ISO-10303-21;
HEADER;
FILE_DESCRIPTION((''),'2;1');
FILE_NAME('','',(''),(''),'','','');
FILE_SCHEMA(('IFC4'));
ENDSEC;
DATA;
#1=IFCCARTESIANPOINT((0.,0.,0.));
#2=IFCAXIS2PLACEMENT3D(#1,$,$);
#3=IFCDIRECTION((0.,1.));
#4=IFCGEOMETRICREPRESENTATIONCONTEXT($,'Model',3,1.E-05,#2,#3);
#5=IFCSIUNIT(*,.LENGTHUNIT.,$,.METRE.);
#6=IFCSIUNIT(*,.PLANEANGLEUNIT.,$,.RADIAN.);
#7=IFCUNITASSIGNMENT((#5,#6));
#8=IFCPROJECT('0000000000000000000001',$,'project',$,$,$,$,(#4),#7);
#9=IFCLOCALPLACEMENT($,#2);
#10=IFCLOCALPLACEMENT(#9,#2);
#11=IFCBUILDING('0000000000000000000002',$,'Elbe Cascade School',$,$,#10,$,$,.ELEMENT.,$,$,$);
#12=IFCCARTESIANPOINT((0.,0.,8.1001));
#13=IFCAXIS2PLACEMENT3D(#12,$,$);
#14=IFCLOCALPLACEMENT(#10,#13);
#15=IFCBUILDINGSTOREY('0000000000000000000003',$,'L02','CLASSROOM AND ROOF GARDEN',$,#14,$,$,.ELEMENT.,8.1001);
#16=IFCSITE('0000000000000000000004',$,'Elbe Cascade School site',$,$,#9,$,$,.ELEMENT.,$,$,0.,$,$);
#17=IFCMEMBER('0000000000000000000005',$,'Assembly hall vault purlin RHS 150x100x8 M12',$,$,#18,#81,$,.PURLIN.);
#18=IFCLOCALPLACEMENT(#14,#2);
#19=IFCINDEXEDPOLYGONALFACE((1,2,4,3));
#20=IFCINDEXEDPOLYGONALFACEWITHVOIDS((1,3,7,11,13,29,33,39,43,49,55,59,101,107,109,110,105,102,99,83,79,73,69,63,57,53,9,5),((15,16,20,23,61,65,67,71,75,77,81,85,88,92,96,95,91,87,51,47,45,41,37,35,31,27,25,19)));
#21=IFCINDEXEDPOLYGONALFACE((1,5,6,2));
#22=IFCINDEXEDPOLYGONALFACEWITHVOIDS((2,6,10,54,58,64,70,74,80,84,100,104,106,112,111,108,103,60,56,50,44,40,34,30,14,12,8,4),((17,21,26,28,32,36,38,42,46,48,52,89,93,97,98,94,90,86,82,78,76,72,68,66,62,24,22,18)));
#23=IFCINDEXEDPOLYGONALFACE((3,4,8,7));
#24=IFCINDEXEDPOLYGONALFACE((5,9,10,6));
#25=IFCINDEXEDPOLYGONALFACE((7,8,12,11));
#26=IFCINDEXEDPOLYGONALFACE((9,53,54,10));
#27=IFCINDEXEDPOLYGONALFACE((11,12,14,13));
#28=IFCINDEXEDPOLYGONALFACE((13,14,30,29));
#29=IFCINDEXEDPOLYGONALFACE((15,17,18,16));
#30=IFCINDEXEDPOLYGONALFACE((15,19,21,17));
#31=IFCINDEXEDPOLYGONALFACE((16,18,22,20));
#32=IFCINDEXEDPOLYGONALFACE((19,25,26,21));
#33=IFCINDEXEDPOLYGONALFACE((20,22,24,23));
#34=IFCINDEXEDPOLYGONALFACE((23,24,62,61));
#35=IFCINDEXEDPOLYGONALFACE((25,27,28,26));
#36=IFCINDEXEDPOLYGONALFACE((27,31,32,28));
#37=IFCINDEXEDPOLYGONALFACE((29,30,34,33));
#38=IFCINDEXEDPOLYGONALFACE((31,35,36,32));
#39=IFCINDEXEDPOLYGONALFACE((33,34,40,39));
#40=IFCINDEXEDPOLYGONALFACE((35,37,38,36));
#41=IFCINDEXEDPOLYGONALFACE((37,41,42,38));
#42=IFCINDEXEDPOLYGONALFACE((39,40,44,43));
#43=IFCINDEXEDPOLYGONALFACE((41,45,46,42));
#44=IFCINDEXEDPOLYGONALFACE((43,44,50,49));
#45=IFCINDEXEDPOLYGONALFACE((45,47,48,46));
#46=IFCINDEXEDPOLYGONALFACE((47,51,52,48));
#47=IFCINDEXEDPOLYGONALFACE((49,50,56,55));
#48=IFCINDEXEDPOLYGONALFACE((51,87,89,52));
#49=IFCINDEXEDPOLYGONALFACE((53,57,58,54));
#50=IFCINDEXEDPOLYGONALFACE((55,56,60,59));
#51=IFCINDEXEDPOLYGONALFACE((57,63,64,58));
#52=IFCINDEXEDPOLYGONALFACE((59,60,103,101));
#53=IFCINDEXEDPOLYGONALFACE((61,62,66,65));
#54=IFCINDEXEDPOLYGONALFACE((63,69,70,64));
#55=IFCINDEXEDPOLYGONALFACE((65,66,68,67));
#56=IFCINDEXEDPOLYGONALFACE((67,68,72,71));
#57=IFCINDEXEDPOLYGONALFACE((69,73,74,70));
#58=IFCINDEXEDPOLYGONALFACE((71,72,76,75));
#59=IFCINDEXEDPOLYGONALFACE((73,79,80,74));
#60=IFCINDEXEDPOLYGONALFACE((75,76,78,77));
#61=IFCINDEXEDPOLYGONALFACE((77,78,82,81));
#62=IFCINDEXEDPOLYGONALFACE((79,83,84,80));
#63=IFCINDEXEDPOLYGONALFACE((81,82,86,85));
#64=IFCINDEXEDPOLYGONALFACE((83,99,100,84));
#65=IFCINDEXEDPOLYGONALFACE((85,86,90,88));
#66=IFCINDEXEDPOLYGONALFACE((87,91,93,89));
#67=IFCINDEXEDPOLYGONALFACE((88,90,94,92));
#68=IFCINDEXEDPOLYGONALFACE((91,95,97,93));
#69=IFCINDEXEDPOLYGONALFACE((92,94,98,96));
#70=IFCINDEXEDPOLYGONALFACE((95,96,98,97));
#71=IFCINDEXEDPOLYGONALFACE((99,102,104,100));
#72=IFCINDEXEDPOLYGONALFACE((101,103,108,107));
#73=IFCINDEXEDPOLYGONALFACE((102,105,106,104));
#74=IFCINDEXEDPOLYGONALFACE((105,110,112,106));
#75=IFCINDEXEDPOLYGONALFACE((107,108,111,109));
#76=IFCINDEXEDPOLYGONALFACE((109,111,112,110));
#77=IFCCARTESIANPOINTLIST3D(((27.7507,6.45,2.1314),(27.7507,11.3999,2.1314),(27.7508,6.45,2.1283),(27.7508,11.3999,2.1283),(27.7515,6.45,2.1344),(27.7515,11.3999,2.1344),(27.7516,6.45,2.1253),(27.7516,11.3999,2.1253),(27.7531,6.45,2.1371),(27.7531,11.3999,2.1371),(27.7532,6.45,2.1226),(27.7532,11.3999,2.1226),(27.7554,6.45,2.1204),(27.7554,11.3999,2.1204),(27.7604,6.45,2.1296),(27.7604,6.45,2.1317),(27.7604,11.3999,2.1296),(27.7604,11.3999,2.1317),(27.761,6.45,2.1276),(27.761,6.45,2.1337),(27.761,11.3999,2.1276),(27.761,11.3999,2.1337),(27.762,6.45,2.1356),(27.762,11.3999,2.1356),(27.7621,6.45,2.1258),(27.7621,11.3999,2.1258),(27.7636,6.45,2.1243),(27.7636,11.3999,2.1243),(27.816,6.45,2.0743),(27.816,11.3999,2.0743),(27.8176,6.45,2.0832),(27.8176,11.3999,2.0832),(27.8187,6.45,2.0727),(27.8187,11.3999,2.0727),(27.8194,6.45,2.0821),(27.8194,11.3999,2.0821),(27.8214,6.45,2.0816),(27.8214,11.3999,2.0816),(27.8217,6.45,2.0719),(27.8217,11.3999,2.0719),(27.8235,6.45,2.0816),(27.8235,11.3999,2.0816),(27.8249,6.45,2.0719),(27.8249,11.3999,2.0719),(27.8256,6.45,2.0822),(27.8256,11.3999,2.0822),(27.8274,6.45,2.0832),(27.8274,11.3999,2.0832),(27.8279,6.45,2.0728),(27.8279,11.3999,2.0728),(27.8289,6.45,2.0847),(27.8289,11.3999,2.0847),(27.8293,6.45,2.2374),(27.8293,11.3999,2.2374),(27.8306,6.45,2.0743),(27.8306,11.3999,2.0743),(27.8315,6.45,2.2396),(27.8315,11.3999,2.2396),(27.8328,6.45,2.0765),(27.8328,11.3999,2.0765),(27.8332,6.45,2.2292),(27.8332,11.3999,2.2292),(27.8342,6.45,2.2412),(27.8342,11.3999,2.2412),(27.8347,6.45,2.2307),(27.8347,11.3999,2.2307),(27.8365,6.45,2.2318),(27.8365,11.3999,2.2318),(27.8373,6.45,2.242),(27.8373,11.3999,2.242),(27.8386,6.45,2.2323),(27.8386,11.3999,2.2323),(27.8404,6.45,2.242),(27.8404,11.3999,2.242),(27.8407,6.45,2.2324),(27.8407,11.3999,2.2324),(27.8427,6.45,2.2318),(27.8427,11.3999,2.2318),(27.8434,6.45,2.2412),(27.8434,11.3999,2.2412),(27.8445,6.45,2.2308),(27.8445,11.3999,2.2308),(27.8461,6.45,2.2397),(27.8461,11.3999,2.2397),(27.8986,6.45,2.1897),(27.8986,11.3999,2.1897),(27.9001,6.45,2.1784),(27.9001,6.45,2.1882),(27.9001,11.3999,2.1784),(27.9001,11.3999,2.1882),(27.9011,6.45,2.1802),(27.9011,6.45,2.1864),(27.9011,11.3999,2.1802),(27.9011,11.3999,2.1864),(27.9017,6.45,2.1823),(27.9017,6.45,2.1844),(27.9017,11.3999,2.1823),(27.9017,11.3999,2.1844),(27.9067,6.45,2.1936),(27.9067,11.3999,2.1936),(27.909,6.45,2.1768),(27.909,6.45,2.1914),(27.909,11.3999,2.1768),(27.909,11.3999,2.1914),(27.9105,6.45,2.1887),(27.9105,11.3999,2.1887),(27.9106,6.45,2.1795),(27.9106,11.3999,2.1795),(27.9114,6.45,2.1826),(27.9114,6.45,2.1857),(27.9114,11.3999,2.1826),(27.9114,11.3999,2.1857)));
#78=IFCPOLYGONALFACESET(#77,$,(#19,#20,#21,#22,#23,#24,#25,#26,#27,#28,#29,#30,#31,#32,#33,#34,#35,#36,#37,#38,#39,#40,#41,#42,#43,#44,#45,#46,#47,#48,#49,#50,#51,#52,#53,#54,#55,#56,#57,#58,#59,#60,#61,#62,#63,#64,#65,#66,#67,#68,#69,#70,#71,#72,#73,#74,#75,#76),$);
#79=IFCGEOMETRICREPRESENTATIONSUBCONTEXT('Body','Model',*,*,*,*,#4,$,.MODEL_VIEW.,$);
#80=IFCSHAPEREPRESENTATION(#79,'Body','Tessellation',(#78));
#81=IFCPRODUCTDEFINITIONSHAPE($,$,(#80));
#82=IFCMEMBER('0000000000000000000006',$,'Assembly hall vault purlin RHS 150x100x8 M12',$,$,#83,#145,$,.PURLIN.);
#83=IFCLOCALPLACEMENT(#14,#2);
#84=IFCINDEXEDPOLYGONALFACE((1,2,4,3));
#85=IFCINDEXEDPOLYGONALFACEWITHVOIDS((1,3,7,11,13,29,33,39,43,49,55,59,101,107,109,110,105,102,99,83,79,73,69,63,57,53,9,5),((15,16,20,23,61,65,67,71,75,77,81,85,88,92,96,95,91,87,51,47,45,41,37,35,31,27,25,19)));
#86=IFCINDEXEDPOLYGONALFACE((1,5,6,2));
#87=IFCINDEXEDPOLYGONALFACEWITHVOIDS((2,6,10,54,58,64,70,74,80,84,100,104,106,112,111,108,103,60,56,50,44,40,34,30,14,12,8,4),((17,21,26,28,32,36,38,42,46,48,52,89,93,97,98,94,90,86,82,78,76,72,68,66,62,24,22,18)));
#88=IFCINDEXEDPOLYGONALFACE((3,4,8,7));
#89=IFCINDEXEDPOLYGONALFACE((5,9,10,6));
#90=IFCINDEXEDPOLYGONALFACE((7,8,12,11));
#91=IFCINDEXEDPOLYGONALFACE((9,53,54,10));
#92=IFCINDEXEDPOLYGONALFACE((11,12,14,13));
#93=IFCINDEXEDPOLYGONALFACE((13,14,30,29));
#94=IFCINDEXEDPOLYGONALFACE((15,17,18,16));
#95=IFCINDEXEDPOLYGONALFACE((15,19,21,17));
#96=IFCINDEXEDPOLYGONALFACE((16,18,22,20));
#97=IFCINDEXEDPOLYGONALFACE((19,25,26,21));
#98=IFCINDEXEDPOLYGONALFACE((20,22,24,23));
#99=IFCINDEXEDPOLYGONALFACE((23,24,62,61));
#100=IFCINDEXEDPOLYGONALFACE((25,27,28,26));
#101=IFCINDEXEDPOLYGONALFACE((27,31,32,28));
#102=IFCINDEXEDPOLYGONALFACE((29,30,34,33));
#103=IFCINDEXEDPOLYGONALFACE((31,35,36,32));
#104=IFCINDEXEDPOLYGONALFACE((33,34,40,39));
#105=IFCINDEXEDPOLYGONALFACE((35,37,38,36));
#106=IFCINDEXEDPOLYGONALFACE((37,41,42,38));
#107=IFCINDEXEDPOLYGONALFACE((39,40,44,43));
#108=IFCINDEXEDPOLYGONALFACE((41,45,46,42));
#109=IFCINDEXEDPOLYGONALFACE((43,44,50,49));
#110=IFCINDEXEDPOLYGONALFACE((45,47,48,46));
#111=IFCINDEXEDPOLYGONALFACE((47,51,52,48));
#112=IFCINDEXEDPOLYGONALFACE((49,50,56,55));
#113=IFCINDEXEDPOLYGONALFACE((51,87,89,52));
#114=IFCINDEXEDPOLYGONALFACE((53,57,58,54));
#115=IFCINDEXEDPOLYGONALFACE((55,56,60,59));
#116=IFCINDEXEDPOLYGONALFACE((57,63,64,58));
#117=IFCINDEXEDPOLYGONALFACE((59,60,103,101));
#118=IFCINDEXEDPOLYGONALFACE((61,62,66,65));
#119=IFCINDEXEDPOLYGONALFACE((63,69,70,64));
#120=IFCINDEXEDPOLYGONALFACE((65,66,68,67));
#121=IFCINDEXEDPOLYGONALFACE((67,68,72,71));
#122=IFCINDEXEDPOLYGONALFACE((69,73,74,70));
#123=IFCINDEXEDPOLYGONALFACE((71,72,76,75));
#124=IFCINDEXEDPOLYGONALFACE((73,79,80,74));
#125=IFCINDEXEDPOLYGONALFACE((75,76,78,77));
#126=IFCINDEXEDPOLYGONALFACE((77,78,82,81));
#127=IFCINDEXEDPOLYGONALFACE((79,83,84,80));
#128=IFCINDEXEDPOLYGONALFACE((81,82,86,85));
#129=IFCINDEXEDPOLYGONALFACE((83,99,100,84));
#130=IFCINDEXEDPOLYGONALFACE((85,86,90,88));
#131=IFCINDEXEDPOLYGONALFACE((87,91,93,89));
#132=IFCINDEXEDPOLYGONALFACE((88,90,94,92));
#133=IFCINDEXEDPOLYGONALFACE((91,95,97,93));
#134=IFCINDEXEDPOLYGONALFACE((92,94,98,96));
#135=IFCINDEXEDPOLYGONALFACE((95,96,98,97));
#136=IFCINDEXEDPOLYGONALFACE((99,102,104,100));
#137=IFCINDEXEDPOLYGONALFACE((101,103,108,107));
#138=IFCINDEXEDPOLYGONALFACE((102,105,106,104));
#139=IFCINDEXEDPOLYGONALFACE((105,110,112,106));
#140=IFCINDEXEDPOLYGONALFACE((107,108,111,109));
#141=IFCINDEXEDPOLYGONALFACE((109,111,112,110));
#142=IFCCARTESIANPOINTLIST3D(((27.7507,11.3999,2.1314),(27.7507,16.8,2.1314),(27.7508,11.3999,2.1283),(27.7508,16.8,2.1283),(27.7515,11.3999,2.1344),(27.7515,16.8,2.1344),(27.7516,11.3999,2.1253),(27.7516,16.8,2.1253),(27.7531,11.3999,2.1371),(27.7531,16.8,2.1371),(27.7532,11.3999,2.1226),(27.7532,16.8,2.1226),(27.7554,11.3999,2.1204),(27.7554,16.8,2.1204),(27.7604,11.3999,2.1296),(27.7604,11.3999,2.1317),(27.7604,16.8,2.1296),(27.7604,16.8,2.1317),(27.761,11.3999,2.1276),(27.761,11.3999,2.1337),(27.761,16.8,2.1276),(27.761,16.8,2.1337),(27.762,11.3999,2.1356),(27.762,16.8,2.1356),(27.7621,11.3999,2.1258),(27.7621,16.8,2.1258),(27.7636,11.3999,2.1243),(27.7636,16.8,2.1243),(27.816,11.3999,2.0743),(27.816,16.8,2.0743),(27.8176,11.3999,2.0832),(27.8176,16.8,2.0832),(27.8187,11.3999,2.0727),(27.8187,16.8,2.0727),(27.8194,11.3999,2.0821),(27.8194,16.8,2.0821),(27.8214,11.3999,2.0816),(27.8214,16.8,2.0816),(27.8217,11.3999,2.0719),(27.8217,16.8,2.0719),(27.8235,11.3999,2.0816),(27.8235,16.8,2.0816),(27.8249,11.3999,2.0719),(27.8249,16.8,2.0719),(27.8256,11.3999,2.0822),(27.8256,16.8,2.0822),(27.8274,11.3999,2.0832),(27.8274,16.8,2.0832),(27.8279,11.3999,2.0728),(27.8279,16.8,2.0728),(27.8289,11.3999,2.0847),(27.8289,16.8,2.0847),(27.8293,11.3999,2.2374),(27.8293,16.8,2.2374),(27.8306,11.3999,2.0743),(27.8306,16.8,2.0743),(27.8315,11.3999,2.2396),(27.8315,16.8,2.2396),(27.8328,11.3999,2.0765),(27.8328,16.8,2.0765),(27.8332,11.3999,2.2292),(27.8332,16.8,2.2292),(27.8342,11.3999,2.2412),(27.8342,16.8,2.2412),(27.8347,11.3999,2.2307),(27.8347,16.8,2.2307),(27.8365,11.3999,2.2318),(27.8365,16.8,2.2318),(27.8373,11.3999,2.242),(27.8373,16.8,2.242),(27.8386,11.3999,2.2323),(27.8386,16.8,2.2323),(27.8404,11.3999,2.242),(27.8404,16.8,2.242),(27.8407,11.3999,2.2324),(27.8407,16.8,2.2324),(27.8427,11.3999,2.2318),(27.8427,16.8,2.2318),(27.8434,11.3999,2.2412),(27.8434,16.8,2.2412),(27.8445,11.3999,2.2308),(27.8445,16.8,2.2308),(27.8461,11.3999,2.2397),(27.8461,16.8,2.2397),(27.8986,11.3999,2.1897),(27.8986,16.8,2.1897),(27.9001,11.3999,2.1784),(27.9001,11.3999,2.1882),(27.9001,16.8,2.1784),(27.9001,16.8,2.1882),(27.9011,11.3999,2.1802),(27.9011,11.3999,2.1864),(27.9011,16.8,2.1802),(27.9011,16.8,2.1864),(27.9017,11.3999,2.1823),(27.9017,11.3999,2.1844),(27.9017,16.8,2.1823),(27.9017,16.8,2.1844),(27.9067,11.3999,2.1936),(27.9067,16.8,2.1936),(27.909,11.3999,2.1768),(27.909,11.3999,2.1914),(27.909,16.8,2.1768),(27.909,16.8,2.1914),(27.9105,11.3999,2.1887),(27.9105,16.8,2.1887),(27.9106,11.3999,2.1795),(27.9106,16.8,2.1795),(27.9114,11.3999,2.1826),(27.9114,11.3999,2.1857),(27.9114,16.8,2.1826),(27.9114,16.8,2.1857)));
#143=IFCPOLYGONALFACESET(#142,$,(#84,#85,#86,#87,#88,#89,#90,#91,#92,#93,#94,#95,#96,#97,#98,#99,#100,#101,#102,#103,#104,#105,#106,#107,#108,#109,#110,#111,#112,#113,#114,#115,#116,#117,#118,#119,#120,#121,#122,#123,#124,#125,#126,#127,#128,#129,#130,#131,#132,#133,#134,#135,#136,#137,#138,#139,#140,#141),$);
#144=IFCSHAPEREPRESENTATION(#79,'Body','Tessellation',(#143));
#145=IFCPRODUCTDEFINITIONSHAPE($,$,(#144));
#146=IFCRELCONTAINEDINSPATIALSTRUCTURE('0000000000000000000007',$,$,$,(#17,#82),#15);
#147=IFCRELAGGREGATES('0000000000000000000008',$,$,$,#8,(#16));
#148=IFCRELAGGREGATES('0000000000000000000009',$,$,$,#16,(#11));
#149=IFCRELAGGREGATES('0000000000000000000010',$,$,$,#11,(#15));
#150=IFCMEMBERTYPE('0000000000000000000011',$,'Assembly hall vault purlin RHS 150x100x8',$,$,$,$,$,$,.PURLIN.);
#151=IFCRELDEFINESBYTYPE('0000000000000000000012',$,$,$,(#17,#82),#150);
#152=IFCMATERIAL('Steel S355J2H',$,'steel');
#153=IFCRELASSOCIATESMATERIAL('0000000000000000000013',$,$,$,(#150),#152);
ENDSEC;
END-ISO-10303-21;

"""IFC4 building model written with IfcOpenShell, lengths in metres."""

from ifc_helpers import new_model, si_unit, direction, frame, origin, origin_2d, place, context, subcontext, project, spatial, hollow_rectangle, extrude, material, material_profile, profile_set, type_object, element, save


model = new_model("IFC4")

# Units and contexts
model_context = context("Model", 3, precision=1e-05, world=origin(), true_north=direction((0.0, 1.0)))
body_context = subcontext(model_context, "Body", "Model", "MODEL_VIEW")
ifc_project = project(units=[si_unit("LENGTHUNIT", "METRE"), si_unit("PLANEANGLEUNIT", "RADIAN")], contexts=[model_context])

# Site, building, storey
site_placement = place(None, origin())
site = spatial("IfcSite", under=ifc_project, at=site_placement, Name="Elbe Cascade School site", CompositionType="ELEMENT", RefElevation=0.0)
building_placement = place(site_placement, origin())
building = spatial("IfcBuilding", under=site, at=building_placement, Name="Elbe Cascade School", CompositionType="ELEMENT")
storey_placement = place(building_placement, frame((0.0, 0.0, 8.1001)))
storey = spatial("IfcBuildingStorey", under=building, at=storey_placement, Name="L02", Description="CLASSROOM AND ROOF GARDEN", CompositionType="ELEMENT", Elevation=8.1001)

# Members
ifc_material_1 = material(Name="Steel S355J2H", Category="steel")
ifc_material_profile_1 = material_profile(ifc_material_1, hollow_rectangle(XDim=0.1001, YDim=0.1499, WallThickness=0.0081, InnerFilletRadius=0.0081, OuterFilletRadius=0.012, at=origin_2d()), Name="RHS 150x100x8")
ifc_profile_set_1 = profile_set([ifc_material_profile_1], Name="Steel S355J2H")
member_type_1 = type_object("IfcMemberType", Name="Assembly hall vault purlin RHS 150x100x8", PredefinedType="PURLIN", material=ifc_profile_set_1)
member_1_placement = place(storey_placement, frame((27.8311, 6.45, 2.157), z_axis=(0.0, 1.0, 0.0), x_axis=(-0.795996, 0.0, 0.605302)))
element("IfcMember", 1, at=member_1_placement, inside=storey, type_object=member_type_1, Name="Assembly hall vault purlin RHS 150x100x8 M12", PredefinedType="PURLIN", context=body_context, shape_type="SweptSolid", body=[
    extrude(hollow_rectangle(XDim=0.1001, YDim=0.1499, WallThickness=0.0081, InnerFilletRadius=0.0081, OuterFilletRadius=0.012, at=origin_2d()), origin(), (0.0, 0.0, 1.0), 4.95),
])
member_2_placement = place(storey_placement, frame((27.8311, 11.3999, 2.157), z_axis=(0.0, 1.0, 0.0), x_axis=(-0.795996, 0.0, 0.605302)))
element("IfcMember", 2, at=member_2_placement, inside=storey, type_object=member_type_1, Name="Assembly hall vault purlin RHS 150x100x8 M12", PredefinedType="PURLIN", context=body_context, shape_type="SweptSolid", body=[
    extrude(hollow_rectangle(XDim=0.1001, YDim=0.1499, WallThickness=0.0081, InnerFilletRadius=0.0081, OuterFilletRadius=0.012, at=origin_2d()), origin(), (0.0, 0.0, 1.0), 5.4001),
])

save(model, "model.ifc")
